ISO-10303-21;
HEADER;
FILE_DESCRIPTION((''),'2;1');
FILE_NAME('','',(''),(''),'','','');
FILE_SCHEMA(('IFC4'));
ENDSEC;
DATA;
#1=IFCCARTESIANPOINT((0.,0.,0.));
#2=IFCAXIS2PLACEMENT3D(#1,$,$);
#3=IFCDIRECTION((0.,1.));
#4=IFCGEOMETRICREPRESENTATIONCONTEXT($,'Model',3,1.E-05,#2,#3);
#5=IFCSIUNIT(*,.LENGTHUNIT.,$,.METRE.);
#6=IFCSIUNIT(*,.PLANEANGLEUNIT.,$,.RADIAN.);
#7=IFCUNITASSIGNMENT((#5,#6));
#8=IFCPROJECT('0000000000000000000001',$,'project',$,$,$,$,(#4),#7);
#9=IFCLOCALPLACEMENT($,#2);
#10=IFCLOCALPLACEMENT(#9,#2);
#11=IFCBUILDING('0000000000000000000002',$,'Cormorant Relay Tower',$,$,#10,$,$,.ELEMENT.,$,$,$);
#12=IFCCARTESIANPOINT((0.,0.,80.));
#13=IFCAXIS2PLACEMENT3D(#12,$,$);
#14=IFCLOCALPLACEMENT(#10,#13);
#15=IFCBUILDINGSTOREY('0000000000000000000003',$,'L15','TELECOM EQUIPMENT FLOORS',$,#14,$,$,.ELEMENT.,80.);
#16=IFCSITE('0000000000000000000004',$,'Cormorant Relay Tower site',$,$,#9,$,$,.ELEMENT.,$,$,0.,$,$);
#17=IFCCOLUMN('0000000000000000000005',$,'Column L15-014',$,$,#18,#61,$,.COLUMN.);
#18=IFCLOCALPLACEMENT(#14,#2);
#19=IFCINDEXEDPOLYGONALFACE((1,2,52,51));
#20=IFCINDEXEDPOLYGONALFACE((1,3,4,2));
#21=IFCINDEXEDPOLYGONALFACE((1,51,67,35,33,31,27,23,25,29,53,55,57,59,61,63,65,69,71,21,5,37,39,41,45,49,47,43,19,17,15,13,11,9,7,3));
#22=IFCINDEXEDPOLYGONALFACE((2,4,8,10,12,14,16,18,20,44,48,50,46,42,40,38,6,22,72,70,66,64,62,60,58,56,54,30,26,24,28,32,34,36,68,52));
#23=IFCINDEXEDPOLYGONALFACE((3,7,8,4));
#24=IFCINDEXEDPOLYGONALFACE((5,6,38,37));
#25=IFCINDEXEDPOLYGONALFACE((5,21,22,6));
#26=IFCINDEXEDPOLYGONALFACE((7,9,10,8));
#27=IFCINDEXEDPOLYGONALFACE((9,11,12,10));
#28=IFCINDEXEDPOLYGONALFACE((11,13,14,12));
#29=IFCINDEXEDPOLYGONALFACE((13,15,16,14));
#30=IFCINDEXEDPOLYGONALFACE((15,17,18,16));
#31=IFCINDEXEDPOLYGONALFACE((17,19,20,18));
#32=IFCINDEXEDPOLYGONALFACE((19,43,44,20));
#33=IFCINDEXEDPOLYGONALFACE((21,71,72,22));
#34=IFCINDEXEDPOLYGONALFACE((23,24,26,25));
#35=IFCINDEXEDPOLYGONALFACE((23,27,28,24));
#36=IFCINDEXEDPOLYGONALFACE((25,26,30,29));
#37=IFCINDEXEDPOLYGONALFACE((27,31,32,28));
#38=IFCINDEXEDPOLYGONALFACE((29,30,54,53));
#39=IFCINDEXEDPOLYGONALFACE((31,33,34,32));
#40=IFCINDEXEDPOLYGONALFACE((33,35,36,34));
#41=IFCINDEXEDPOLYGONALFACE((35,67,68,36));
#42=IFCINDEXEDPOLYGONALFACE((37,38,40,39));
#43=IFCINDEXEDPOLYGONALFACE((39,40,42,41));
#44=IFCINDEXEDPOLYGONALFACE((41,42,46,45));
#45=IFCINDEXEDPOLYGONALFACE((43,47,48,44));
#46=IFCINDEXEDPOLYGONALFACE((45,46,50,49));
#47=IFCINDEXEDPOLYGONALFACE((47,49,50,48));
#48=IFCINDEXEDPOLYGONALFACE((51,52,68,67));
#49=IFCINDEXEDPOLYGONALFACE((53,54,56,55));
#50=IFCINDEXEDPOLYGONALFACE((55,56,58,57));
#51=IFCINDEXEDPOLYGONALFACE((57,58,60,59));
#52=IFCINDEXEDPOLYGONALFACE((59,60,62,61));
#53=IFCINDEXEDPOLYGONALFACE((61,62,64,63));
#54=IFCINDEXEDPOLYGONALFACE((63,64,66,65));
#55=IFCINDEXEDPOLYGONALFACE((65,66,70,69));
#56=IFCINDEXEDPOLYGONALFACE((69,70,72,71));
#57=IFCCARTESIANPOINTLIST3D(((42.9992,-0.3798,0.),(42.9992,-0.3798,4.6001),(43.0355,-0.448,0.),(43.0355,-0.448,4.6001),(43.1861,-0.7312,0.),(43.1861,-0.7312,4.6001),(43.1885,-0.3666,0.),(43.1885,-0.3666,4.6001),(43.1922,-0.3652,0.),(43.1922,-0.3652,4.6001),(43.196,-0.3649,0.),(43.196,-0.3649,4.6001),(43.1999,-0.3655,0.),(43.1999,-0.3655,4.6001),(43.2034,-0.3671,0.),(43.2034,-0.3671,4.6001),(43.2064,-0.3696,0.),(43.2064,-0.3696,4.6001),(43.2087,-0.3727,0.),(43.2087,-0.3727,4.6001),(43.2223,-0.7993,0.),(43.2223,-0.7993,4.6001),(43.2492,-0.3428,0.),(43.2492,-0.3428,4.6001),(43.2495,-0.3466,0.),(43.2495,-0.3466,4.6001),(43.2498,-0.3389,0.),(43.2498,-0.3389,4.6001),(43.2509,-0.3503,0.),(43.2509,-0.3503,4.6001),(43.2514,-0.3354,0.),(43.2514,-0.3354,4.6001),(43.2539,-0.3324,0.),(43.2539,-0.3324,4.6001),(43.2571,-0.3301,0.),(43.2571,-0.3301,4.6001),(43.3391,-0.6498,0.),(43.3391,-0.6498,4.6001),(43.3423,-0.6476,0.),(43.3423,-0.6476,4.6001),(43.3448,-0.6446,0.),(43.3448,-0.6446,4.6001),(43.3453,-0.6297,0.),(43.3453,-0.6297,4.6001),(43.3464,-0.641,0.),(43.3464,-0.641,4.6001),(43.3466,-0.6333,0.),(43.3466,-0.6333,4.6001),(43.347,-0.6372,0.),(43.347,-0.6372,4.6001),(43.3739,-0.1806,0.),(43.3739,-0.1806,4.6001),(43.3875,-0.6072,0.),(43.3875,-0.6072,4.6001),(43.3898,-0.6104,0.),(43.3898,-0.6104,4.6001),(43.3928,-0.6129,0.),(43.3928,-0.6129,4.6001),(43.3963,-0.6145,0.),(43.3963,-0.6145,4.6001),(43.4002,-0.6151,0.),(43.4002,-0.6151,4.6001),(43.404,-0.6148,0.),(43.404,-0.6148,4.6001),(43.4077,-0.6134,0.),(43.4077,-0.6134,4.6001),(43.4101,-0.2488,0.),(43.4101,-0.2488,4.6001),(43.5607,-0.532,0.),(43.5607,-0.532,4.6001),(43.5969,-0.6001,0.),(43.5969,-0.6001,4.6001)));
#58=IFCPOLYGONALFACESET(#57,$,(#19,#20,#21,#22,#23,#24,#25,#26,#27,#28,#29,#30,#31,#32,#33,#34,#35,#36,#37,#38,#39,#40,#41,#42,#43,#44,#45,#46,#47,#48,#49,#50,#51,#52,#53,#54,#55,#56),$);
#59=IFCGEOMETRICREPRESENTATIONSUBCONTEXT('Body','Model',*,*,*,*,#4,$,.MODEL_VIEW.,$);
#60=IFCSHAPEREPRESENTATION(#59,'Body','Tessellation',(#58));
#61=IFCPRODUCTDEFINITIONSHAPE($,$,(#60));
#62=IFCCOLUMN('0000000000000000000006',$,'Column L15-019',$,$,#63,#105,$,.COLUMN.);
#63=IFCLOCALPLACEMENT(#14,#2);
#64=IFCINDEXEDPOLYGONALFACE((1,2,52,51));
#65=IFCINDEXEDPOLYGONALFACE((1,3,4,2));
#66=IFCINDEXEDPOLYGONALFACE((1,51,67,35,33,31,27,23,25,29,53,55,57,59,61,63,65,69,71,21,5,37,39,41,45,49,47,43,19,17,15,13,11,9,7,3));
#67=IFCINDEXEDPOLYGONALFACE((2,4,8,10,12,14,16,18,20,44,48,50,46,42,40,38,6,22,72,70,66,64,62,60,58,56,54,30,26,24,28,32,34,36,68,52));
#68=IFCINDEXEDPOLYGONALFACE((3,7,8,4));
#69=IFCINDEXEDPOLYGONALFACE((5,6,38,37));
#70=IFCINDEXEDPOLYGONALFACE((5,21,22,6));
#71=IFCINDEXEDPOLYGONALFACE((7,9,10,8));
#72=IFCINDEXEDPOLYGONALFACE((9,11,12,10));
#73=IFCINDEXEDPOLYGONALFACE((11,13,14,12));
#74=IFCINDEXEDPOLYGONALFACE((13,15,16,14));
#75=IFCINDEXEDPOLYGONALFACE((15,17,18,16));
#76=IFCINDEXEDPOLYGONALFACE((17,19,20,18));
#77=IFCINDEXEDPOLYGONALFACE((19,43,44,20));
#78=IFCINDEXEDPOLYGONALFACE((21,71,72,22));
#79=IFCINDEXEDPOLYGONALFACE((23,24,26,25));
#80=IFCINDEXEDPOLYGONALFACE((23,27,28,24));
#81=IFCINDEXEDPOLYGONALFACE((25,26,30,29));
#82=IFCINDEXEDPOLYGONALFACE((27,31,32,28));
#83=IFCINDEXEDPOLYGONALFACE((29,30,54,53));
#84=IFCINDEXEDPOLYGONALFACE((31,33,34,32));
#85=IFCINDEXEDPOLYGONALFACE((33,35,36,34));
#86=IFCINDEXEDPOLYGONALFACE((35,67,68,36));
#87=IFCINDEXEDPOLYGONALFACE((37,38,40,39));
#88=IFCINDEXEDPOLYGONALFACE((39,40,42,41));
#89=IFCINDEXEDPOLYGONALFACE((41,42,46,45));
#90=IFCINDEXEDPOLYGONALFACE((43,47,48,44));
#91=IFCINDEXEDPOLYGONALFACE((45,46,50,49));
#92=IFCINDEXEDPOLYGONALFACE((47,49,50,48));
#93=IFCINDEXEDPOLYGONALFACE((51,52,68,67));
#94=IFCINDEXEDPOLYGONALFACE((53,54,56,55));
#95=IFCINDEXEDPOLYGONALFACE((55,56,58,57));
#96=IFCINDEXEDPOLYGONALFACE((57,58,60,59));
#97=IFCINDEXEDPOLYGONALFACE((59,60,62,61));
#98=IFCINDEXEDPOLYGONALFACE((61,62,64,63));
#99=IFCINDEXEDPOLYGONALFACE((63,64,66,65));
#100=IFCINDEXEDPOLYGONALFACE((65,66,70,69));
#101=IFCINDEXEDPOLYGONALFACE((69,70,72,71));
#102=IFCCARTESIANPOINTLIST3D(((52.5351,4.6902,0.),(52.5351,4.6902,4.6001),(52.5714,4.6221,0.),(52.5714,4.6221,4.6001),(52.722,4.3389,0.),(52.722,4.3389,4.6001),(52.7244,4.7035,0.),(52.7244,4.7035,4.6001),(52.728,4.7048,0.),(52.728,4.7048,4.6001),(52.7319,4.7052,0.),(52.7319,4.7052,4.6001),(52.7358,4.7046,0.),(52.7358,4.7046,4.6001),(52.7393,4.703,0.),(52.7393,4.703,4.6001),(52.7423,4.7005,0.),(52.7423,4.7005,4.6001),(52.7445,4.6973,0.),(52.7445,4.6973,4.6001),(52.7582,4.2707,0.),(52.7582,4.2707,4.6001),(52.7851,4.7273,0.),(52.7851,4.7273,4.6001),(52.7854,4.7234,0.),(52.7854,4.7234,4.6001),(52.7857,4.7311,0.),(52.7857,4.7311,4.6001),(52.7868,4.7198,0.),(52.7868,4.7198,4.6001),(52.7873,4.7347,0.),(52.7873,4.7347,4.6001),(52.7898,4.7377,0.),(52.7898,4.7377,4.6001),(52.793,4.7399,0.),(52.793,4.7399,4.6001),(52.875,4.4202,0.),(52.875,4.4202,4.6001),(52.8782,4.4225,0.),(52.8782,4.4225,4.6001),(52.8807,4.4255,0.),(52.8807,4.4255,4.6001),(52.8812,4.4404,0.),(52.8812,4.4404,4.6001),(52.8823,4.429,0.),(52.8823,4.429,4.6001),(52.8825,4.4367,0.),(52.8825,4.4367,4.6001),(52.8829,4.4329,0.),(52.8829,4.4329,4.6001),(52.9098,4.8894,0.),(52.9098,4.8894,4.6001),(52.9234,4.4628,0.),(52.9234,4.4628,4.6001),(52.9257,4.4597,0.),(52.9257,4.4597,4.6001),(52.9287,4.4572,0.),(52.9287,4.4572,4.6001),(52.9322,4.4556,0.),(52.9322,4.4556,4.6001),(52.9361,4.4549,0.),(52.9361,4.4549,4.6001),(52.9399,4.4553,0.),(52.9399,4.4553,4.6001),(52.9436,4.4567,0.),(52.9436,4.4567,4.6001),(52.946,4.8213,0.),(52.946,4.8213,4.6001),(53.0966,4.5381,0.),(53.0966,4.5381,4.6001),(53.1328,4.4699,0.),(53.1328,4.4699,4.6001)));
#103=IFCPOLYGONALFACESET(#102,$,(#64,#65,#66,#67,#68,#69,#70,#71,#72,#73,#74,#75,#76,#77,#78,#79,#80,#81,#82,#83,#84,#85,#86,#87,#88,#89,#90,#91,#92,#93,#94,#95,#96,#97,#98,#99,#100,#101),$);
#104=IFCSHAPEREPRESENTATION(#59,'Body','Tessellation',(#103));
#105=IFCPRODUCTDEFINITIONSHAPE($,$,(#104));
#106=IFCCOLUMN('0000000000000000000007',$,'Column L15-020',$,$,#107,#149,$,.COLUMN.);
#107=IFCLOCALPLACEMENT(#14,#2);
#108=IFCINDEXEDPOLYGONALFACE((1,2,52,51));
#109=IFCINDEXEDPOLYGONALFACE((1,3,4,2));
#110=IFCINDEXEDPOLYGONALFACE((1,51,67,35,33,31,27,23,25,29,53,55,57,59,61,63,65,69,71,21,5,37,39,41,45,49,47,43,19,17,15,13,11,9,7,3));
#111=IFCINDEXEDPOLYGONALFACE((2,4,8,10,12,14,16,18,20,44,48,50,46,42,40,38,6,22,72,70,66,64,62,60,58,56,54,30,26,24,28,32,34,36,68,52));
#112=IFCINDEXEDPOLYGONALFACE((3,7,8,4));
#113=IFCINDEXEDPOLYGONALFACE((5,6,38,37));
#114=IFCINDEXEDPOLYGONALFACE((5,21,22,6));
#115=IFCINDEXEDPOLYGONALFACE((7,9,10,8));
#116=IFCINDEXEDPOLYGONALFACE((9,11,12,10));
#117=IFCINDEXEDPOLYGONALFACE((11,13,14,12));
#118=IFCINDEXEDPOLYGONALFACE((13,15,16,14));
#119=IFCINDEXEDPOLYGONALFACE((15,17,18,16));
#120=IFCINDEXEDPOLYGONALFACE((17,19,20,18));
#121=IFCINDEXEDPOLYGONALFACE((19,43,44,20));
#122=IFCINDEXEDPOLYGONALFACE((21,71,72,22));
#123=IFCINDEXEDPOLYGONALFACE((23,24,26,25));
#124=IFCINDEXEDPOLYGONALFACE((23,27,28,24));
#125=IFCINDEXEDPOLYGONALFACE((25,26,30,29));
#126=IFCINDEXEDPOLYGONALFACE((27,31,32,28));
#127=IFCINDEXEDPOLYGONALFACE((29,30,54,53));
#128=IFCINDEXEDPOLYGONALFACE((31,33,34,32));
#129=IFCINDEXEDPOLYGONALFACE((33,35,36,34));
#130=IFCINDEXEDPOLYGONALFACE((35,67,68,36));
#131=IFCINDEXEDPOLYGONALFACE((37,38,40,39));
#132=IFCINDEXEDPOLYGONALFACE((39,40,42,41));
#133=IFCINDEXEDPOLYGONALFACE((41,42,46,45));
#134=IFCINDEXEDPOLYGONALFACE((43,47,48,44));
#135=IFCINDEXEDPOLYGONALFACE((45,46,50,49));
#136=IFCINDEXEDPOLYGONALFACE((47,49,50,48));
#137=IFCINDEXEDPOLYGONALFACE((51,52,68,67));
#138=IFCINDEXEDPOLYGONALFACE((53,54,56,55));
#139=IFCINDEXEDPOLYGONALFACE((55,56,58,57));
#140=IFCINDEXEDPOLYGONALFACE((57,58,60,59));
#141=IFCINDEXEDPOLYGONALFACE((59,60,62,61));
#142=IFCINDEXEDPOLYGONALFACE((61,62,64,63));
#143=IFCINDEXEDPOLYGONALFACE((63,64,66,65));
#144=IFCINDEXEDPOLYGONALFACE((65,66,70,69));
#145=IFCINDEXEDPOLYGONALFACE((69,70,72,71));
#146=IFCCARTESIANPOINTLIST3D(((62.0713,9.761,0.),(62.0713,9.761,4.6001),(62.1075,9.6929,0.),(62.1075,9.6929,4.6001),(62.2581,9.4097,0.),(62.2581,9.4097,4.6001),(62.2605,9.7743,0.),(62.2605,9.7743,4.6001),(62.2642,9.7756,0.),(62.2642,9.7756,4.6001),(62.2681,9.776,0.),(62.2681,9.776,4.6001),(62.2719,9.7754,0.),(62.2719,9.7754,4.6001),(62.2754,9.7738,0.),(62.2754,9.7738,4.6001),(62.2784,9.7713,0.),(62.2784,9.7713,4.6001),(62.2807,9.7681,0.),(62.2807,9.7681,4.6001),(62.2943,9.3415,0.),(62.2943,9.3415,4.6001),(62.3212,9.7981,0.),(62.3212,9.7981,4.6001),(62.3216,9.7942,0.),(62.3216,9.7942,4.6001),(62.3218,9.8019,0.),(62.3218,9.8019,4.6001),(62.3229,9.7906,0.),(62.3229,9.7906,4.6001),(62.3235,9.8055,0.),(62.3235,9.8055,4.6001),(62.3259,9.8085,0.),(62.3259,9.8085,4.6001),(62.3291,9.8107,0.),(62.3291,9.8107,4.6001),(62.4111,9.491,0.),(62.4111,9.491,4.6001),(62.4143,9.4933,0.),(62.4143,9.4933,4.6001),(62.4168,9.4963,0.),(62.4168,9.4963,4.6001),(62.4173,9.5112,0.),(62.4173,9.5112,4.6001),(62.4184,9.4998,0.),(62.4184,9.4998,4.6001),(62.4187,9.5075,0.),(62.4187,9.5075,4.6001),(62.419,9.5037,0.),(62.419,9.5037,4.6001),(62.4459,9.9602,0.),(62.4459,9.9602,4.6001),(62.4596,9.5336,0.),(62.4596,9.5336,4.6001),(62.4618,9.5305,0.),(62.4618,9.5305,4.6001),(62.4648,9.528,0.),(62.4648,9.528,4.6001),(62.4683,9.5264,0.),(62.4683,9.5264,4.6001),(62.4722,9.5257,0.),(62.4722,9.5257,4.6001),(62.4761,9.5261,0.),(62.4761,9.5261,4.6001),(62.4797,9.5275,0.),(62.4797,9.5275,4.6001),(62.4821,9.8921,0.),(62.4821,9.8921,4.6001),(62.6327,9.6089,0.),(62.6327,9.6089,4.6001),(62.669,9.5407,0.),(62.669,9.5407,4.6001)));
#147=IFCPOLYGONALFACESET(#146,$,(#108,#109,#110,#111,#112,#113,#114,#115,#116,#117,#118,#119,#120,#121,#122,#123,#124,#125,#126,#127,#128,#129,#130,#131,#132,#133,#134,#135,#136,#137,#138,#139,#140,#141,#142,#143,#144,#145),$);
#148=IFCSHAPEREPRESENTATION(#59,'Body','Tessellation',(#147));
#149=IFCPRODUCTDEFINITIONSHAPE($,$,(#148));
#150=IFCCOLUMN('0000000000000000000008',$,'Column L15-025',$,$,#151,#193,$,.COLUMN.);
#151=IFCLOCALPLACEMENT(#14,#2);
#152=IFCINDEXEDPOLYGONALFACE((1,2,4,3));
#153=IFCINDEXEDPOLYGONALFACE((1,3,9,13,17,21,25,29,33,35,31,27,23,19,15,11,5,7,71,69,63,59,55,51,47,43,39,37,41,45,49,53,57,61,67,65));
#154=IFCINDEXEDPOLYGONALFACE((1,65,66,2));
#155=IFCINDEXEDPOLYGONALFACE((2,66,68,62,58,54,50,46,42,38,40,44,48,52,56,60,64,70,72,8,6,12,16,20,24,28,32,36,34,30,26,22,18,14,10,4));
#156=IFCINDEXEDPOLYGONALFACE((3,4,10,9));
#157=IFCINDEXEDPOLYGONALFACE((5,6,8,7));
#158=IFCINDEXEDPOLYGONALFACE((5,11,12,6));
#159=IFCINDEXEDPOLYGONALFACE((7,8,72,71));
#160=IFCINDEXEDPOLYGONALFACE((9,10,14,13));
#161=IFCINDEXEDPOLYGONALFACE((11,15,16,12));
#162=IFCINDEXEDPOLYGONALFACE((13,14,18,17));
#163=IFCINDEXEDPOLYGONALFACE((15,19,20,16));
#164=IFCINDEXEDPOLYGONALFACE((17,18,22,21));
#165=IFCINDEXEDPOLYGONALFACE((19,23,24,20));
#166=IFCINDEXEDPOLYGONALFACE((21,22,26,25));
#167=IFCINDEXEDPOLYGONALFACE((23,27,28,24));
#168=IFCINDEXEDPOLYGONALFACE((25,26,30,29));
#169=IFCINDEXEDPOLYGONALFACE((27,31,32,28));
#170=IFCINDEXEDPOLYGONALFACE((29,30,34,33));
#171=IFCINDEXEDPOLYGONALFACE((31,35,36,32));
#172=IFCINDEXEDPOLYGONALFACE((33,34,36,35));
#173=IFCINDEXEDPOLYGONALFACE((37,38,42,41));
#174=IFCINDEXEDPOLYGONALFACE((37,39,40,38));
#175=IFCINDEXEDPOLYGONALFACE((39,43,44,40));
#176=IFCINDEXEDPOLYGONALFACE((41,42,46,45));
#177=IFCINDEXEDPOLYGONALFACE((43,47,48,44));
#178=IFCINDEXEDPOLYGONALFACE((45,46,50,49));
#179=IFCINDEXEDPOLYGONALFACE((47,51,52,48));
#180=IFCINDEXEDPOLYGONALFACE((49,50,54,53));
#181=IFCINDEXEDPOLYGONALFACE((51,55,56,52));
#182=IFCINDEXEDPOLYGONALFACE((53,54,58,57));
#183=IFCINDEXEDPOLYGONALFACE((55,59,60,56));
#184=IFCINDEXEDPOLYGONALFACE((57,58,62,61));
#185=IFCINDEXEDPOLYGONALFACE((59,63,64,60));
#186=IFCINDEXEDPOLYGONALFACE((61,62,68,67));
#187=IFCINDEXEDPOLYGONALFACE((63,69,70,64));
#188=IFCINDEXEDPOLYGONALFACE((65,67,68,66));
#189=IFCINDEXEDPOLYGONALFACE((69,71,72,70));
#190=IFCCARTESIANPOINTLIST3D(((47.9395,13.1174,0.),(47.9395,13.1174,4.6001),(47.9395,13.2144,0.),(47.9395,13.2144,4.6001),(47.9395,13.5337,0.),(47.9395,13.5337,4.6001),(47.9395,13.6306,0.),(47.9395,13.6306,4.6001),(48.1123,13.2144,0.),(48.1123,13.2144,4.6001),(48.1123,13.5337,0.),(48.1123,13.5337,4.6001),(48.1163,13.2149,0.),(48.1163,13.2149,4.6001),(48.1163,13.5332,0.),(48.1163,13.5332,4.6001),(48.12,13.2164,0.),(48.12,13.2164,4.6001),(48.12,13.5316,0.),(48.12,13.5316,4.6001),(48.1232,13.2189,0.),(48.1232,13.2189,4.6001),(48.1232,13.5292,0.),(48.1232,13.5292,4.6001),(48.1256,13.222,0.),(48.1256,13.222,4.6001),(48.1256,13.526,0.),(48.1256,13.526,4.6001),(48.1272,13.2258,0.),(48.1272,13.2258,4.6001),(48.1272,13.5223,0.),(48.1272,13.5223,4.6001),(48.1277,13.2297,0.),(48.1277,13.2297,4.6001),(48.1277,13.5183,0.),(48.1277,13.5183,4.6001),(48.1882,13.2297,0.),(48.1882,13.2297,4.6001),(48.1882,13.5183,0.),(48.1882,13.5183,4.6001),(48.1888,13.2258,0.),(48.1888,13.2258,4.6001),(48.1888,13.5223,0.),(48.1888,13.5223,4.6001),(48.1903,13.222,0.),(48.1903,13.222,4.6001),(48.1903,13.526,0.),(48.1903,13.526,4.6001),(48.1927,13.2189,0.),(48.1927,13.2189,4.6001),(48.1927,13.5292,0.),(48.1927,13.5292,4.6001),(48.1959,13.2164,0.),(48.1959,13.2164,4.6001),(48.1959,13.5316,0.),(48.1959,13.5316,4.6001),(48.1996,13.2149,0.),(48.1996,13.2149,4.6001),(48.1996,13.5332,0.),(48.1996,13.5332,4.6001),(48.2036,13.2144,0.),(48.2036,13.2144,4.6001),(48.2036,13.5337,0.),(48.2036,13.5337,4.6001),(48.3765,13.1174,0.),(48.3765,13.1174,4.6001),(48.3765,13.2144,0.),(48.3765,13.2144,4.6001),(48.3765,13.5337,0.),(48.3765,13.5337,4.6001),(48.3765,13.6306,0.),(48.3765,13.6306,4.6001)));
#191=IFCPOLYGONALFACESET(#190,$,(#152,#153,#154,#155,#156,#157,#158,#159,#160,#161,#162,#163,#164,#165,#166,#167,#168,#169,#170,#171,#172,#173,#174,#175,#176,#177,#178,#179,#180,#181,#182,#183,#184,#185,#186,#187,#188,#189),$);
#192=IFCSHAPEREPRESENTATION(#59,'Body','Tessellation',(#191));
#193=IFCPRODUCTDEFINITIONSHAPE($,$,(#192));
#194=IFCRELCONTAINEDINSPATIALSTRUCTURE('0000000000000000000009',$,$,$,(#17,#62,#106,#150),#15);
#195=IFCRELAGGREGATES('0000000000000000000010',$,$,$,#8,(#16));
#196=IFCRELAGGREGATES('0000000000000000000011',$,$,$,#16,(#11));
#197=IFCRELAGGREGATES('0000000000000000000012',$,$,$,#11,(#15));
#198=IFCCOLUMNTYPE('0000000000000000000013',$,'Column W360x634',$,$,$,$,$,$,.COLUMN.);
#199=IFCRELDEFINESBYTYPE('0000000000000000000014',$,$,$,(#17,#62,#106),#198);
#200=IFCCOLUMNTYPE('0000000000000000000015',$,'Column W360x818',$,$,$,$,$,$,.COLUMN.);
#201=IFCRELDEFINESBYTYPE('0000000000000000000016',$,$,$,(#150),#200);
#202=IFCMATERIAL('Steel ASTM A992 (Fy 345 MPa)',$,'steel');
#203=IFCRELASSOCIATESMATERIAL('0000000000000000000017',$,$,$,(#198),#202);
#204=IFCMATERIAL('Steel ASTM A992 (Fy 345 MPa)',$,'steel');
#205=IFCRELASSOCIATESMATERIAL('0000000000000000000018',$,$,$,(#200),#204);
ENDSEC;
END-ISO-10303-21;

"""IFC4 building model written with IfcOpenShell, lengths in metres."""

from ifc_helpers import new_model, si_unit, direction, frame, origin, origin_2d, place, context, subcontext, project, spatial, i_section, extrude, material, material_profile, profile_set, type_object, element, save


model = new_model("IFC4")

# Units and contexts
model_context = context("Model", 3, precision=1e-05, world=origin(), true_north=direction((0.0, 1.0)))
body_context = subcontext(model_context, "Body", "Model", "MODEL_VIEW")
ifc_project = project(units=[si_unit("LENGTHUNIT", "METRE"), si_unit("PLANEANGLEUNIT", "RADIAN")], contexts=[model_context])

# Site, building, storey
site_placement = place(None, origin())
site = spatial("IfcSite", under=ifc_project, at=site_placement, Name="Cormorant Relay Tower site", CompositionType="ELEMENT", RefElevation=0.0)
building_placement = place(site_placement, origin())
building = spatial("IfcBuilding", under=site, at=building_placement, Name="Cormorant Relay Tower", CompositionType="ELEMENT")
storey_placement = place(building_placement, frame((0.0, 0.0, 80.0)))
storey = spatial("IfcBuildingStorey", under=building, at=storey_placement, Name="L15", Description="TELECOM EQUIPMENT FLOORS", CompositionType="ELEMENT", Elevation=80.0)

# Columns
ifc_material_1 = material(Name="Steel ASTM A992 (Fy 345 MPa)", Category="steel")
ifc_material_profile_1 = material_profile(ifc_material_1, i_section(OverallWidth=0.4243, OverallDepth=0.4751, WebThickness=0.0479, FlangeThickness=0.0771, FilletRadius=0.0149, at=origin_2d()), Name="W360x634")
ifc_profile_set_1 = profile_set([ifc_material_profile_1], Name="Steel ASTM A992 (Fy 345 MPa)")
column_type_1 = type_object("IfcColumnType", Name="Column W360x634", PredefinedType="COLUMN", material=ifc_profile_set_1)
for number, where, z_axis, x_axis, name in (
    (1, (43.2981, -0.49, 0.0), (0.0, 0.0, 1.0), (0.882948, 0.469472, 0.0), "Column L15-014"),
    (2, (52.834, 4.5801, 0.0), (0.0, 0.0, 1.0), (0.882948, 0.469472, 0.0), "Column L15-019"),
    (3, (62.3701, 9.6509, 0.0), (0.0, 0.0, 1.0), (0.882948, 0.469472, 0.0), "Column L15-020"),
):
    element("IfcColumn", number, at=place(storey_placement, frame(where, z_axis=z_axis, x_axis=x_axis)), inside=storey, type_object=column_type_1, Name=name, PredefinedType="COLUMN", context=body_context, shape_type="SweptSolid", body=[
        extrude(i_section(OverallWidth=0.4243, OverallDepth=0.4751, WebThickness=0.0479, FlangeThickness=0.0771, FilletRadius=0.0149, at=origin_2d()), origin(), (0.0, 0.0, 1.0), 4.6001),
    ])
ifc_material_2 = material(Name="Steel ASTM A992 (Fy 345 MPa)", Category="steel")
ifc_material_profile_2 = material_profile(ifc_material_2, i_section(OverallWidth=0.437, OverallDepth=0.5132, WebThickness=0.0605, FlangeThickness=0.0969, FilletRadius=0.0154, at=origin_2d()), Name="W360x818")
ifc_profile_set_2 = profile_set([ifc_material_profile_2], Name="Steel ASTM A992 (Fy 345 MPa)")
column_type_2 = type_object("IfcColumnType", Name="Column W360x818", PredefinedType="COLUMN", material=ifc_profile_set_2)
for number, where, z_axis, x_axis, name in (
    (4, (48.158, 13.374, 0.0), (0.0, 0.0, 1.0), (1.0, 0.0, 0.0), "Column L15-025"),
):
    element("IfcColumn", number, at=place(storey_placement, frame(where, z_axis=z_axis, x_axis=x_axis)), inside=storey, type_object=column_type_2, Name=name, PredefinedType="COLUMN", context=body_context, shape_type="SweptSolid", body=[
        extrude(i_section(OverallWidth=0.437, OverallDepth=0.5132, WebThickness=0.0605, FlangeThickness=0.0969, FilletRadius=0.0154, at=origin_2d()), origin(), (0.0, 0.0, 1.0), 4.6001),
    ])

save(model, "model.ifc")
